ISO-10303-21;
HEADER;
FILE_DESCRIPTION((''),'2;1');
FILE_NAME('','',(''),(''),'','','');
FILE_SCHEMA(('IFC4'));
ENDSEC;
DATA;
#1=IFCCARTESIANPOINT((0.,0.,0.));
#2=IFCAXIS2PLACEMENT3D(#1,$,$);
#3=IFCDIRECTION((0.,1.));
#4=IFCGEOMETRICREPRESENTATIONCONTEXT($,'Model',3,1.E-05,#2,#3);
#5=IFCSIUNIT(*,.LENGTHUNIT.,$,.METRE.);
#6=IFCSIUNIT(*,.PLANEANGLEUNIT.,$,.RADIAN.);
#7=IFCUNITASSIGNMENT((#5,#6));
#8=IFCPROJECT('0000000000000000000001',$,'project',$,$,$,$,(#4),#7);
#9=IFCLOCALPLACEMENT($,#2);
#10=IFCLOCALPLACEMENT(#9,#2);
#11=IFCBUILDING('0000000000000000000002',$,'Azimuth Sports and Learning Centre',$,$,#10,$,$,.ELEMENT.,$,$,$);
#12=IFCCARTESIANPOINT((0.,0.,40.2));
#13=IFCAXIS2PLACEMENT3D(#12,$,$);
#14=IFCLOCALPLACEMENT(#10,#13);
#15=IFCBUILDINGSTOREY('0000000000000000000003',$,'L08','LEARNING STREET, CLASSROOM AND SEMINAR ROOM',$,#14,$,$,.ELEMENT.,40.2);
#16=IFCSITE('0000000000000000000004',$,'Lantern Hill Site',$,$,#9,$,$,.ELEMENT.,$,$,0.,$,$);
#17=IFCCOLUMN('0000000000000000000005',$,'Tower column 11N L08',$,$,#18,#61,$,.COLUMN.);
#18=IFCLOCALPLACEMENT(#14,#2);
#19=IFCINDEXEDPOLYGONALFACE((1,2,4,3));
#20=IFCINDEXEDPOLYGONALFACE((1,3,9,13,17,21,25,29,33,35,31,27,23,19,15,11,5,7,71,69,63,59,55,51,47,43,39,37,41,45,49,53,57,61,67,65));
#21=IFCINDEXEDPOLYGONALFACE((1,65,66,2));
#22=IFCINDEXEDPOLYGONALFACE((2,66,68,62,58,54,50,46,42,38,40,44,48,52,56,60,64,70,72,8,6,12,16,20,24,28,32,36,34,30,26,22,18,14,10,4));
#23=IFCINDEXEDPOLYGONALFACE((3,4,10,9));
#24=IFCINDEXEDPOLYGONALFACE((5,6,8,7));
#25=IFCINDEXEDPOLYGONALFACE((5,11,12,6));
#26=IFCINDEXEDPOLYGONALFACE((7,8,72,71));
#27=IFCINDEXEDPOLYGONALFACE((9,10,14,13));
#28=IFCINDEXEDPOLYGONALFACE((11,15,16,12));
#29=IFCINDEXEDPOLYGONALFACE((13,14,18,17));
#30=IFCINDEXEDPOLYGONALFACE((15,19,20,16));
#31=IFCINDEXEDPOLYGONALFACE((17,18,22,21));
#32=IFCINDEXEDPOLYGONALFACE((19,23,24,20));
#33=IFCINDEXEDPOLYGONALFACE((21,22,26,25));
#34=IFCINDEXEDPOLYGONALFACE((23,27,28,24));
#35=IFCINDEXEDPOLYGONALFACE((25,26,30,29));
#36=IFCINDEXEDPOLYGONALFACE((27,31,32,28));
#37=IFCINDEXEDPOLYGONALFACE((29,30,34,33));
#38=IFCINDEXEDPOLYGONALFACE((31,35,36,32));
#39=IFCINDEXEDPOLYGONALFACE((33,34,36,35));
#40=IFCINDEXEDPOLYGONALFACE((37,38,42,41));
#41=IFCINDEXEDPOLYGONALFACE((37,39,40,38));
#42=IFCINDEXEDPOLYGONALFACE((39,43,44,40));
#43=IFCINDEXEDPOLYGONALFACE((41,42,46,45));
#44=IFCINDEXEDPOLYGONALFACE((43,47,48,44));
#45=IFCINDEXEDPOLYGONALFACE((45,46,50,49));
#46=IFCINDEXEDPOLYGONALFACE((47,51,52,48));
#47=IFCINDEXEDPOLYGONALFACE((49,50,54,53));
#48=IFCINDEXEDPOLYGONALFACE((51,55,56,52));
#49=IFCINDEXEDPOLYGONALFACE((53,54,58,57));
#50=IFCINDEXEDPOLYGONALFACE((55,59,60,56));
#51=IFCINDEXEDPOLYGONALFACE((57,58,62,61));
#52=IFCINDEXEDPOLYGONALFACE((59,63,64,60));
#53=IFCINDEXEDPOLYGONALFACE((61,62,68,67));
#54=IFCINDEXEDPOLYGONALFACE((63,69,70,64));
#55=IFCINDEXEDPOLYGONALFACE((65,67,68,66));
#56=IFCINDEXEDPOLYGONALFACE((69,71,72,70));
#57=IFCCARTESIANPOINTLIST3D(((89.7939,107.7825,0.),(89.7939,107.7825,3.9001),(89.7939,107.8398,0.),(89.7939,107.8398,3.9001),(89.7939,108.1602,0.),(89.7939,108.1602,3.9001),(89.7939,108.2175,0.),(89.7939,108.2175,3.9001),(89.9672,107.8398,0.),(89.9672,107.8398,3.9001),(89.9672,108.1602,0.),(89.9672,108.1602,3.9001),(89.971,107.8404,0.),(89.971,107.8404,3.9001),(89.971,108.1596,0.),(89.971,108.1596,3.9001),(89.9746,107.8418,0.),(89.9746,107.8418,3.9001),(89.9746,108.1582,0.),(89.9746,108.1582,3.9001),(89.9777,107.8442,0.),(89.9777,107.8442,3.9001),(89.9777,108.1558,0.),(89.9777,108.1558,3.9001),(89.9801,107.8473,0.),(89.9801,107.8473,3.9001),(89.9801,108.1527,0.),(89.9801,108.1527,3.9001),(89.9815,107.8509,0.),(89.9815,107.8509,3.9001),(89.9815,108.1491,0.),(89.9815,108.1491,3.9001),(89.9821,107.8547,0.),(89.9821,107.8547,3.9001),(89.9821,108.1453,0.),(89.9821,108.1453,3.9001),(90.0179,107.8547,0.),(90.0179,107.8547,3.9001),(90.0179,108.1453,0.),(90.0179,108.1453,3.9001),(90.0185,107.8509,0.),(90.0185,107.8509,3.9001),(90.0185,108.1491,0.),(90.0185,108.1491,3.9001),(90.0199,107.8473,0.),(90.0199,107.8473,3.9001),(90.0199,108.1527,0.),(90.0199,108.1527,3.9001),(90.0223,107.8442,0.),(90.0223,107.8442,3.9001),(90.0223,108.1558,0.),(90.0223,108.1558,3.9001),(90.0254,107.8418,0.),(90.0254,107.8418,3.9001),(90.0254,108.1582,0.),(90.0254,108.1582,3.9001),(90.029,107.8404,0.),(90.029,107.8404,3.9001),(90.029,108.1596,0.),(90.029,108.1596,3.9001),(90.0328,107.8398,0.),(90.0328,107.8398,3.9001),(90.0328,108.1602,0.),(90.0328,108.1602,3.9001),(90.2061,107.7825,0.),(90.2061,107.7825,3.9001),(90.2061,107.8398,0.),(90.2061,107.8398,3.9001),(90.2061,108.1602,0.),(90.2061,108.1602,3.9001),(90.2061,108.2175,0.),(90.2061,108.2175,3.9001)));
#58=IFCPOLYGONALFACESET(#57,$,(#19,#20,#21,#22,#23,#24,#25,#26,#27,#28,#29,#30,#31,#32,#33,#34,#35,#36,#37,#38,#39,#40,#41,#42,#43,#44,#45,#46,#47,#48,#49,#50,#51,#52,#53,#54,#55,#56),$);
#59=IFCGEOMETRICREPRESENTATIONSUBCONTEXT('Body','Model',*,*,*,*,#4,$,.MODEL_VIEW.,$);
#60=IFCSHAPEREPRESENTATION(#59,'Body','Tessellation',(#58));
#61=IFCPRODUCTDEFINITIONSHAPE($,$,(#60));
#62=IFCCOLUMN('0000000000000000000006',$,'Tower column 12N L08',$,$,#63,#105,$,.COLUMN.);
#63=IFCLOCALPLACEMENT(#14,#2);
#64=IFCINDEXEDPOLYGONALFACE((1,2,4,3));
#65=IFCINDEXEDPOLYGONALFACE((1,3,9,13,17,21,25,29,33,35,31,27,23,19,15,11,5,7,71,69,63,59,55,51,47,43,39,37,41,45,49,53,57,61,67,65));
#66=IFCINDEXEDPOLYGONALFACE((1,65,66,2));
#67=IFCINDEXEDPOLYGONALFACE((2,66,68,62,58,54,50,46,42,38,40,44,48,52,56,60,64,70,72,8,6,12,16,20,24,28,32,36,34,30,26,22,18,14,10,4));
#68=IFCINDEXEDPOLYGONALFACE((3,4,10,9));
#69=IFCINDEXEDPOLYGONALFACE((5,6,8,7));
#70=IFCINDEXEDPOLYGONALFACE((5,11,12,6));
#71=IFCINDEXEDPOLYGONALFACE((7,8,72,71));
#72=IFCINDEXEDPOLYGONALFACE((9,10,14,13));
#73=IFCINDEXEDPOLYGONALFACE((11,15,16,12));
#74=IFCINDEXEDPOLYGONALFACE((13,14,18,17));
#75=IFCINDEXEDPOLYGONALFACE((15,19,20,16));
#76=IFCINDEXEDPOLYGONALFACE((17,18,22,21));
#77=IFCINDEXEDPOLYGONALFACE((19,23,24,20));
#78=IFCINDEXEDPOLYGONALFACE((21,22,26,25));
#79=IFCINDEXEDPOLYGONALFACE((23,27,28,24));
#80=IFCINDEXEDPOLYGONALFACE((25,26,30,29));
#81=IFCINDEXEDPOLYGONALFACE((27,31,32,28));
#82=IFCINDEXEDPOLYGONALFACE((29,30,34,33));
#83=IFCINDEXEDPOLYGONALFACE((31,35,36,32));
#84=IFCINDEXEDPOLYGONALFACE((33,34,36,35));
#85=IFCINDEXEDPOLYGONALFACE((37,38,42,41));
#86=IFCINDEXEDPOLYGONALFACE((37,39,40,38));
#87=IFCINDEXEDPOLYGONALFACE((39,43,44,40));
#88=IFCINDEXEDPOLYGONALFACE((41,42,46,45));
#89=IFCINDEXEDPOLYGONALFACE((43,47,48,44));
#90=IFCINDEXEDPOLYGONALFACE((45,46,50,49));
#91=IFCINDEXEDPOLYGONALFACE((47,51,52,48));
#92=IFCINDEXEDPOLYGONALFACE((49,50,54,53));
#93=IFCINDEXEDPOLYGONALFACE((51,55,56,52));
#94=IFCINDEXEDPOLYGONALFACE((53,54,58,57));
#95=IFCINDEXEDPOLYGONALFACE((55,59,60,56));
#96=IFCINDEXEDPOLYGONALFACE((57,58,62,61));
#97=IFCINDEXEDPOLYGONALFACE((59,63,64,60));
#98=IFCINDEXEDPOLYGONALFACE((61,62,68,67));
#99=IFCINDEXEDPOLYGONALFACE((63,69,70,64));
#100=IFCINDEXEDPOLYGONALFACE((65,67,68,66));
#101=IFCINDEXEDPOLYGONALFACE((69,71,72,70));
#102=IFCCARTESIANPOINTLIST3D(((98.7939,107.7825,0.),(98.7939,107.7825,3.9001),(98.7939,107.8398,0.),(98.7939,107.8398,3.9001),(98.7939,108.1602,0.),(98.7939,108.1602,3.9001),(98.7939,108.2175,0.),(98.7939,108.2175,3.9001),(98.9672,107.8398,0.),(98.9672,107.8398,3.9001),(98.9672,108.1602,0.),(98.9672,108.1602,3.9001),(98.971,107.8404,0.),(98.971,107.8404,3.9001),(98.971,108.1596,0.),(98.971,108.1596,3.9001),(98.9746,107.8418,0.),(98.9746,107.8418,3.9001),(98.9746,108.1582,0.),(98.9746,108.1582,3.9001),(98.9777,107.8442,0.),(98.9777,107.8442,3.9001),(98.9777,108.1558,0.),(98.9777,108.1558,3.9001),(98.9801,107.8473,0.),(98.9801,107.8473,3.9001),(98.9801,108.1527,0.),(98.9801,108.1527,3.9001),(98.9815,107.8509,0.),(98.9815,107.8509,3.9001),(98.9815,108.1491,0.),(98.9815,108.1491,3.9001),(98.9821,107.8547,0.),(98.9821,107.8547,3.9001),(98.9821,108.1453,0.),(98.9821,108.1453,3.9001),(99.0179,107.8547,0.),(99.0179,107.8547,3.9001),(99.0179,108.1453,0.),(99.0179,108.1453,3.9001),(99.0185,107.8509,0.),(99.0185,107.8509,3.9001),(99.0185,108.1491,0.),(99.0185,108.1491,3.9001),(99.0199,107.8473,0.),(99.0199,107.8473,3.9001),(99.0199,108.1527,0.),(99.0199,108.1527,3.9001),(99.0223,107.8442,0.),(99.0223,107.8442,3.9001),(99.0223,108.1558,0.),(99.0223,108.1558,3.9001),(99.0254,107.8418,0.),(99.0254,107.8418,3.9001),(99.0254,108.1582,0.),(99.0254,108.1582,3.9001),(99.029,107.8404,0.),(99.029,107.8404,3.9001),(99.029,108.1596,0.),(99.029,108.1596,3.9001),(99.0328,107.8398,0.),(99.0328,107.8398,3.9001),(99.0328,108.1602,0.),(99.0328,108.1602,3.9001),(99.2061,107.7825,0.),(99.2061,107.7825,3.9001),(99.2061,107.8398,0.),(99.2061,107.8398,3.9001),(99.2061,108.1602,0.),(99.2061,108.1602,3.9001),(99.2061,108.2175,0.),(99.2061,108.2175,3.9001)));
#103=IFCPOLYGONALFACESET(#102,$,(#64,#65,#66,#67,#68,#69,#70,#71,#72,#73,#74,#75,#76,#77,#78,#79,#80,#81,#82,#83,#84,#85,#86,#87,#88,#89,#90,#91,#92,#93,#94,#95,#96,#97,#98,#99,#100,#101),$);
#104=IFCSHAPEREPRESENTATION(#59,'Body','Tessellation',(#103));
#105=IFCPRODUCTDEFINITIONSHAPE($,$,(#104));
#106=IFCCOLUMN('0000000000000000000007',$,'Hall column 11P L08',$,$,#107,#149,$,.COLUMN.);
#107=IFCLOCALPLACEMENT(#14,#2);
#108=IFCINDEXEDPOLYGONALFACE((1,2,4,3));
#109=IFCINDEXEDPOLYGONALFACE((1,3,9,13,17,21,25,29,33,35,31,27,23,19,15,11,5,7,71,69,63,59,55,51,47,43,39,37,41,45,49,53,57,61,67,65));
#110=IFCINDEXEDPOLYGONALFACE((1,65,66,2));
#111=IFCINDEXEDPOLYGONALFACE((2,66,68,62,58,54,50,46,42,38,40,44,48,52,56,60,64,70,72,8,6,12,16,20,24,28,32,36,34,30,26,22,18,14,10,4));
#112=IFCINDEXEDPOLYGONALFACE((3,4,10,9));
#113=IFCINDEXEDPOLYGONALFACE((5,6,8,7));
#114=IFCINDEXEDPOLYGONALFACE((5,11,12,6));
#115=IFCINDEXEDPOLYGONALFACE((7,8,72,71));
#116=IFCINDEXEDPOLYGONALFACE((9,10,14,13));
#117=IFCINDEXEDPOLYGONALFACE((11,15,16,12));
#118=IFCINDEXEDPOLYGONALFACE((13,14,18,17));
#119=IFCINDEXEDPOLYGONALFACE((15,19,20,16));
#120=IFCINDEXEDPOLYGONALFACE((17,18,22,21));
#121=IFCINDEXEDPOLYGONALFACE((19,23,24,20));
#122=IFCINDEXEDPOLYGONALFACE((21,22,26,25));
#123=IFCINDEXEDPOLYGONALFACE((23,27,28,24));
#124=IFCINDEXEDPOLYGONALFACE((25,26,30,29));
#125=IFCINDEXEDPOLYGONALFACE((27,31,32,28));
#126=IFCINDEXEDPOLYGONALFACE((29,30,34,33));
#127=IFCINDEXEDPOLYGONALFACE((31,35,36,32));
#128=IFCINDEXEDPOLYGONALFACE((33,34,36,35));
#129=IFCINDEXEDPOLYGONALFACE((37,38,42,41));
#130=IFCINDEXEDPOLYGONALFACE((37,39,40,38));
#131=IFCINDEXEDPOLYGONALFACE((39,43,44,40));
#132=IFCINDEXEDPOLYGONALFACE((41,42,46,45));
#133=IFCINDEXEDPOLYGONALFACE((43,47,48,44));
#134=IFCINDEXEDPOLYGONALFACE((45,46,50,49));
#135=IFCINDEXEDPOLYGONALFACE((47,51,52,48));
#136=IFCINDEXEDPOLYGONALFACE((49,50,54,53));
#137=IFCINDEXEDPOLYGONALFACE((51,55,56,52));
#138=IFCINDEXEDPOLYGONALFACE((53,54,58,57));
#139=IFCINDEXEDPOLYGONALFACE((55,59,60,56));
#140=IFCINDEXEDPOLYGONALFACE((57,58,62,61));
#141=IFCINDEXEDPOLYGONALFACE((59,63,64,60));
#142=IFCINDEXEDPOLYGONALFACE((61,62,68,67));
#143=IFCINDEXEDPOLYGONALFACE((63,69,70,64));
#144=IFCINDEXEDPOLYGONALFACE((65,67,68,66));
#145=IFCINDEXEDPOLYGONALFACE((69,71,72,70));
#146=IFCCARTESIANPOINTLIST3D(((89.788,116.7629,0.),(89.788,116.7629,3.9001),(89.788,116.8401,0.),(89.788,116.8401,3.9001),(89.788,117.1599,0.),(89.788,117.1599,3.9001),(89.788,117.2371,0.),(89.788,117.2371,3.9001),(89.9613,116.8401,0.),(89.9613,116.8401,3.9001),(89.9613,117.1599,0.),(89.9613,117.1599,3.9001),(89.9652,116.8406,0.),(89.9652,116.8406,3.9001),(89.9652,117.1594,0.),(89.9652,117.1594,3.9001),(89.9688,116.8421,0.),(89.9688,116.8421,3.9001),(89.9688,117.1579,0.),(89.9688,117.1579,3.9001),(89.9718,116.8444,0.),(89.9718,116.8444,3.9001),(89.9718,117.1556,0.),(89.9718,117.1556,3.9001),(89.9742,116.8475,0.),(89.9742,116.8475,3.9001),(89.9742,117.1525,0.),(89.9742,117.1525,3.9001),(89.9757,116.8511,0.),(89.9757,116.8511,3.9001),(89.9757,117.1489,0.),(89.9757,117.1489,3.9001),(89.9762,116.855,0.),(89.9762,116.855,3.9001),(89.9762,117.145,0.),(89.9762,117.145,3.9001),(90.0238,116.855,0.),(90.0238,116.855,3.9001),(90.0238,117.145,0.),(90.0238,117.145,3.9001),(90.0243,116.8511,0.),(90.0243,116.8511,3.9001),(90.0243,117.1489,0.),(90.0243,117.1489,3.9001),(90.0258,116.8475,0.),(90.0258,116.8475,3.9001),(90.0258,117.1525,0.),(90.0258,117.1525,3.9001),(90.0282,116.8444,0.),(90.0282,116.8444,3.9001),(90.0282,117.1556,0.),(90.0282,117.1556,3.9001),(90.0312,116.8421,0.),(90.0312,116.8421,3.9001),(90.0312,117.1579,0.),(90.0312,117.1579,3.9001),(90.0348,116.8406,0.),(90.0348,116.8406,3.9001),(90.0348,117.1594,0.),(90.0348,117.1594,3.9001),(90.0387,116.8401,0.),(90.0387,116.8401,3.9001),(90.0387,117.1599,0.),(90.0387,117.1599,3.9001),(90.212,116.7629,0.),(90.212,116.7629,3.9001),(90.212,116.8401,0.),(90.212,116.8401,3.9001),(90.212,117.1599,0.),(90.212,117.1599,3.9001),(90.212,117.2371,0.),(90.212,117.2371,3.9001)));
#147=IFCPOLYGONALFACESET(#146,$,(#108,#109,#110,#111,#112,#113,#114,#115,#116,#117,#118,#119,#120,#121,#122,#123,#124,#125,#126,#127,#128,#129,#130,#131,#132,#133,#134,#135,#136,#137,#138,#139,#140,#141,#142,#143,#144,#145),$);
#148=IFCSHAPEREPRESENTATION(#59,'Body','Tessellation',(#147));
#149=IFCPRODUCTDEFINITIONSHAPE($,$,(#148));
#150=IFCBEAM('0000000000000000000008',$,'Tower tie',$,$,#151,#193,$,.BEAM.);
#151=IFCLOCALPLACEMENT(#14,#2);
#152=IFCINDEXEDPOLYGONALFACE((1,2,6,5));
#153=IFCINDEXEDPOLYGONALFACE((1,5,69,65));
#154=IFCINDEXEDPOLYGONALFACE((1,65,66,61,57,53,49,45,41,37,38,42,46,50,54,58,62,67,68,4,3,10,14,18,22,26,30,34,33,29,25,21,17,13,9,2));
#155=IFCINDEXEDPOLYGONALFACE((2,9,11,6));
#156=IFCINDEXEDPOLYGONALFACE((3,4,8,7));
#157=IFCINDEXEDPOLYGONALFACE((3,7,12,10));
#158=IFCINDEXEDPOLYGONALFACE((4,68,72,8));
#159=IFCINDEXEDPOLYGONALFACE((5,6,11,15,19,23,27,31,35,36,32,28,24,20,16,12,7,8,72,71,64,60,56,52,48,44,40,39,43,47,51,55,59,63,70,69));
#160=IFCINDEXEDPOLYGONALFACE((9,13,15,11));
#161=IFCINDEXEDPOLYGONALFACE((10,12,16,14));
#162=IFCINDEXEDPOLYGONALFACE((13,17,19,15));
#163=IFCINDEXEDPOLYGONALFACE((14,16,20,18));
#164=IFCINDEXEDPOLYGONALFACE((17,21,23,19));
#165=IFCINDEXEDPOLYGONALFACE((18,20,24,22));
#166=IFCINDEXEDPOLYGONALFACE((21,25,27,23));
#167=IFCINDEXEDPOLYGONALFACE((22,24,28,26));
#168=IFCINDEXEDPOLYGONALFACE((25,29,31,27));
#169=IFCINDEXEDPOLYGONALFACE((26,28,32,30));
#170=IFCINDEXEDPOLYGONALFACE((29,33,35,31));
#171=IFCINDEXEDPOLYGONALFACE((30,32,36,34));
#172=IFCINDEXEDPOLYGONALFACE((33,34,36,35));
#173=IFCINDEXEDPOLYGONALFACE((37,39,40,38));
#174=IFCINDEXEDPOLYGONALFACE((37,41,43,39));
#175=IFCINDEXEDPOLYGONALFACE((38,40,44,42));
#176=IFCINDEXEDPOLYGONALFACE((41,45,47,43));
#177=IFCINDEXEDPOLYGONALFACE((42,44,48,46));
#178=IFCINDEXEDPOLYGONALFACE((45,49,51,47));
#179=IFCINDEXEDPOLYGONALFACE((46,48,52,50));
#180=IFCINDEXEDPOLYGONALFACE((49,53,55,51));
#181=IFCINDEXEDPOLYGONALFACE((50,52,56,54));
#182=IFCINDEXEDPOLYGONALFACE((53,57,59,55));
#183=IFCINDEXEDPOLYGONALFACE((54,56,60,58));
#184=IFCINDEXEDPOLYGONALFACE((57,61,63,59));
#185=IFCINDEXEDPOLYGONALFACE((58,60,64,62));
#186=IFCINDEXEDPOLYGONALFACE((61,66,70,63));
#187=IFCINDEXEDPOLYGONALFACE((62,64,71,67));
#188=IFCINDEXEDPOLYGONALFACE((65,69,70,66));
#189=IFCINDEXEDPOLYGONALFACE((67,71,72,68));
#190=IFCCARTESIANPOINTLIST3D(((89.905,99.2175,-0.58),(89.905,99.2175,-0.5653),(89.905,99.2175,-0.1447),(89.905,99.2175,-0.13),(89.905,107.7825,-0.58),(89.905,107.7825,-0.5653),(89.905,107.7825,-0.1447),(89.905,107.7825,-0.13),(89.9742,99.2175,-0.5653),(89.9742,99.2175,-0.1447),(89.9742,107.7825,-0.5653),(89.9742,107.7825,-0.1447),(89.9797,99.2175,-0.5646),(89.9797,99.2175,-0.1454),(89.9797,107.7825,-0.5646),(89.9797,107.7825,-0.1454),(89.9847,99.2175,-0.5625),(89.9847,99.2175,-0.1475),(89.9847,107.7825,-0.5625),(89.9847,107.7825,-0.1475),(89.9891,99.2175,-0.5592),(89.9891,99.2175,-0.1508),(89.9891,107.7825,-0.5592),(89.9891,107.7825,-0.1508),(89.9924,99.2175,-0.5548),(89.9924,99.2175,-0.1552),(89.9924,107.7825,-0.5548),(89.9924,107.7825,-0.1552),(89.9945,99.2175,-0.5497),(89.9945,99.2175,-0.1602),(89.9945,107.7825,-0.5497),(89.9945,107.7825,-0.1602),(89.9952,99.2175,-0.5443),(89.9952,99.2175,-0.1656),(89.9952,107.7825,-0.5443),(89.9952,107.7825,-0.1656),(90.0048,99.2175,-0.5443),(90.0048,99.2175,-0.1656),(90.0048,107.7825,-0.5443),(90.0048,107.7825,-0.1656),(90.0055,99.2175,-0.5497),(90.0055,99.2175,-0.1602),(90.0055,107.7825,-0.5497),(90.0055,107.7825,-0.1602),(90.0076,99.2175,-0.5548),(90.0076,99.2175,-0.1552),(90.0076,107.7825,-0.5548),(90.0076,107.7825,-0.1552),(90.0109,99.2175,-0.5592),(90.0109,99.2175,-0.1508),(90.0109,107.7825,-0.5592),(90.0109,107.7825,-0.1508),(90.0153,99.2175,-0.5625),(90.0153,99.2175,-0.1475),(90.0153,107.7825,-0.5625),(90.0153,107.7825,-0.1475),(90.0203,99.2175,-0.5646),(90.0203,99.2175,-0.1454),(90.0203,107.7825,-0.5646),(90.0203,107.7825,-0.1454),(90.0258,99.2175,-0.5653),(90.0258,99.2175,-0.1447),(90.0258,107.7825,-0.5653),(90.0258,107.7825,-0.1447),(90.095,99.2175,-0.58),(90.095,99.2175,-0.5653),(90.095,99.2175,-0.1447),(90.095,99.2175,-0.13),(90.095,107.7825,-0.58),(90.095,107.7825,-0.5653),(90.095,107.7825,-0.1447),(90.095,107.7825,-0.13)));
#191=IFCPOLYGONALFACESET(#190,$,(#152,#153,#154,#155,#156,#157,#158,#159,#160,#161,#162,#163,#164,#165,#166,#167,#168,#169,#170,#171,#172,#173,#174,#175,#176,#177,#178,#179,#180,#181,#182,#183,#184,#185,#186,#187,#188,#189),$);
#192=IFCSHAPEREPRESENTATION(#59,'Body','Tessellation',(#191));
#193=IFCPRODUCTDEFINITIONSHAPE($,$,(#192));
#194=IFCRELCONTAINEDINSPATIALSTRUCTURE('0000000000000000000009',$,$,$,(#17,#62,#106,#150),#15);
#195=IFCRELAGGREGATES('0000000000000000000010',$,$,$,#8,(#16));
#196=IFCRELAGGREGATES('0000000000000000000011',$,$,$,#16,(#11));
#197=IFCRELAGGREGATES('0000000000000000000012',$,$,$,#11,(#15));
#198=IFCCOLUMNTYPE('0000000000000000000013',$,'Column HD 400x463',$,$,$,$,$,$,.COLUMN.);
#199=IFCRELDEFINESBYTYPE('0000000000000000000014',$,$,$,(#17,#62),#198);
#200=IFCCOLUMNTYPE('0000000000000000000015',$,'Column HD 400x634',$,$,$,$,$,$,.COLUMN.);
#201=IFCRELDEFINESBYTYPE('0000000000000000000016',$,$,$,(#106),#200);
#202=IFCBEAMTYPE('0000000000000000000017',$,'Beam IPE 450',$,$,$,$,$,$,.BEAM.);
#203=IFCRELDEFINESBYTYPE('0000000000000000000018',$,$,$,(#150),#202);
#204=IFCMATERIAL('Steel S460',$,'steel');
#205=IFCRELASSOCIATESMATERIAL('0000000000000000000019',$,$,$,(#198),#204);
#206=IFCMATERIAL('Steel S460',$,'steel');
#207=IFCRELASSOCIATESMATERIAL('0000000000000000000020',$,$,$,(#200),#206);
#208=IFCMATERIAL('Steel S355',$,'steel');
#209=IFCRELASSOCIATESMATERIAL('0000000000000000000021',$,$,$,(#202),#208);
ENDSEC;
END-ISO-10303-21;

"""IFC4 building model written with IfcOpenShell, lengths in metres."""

from ifc_helpers import new_model, si_unit, direction, frame, origin, origin_2d, place, context, subcontext, project, spatial, i_section, extrude, material, material_profile, profile_set, type_object, element, save


model = new_model("IFC4")

# Units and contexts
model_context = context("Model", 3, precision=1e-05, world=origin(), true_north=direction((0.0, 1.0)))
body_context = subcontext(model_context, "Body", "Model", "MODEL_VIEW")
ifc_project = project(units=[si_unit("LENGTHUNIT", "METRE"), si_unit("PLANEANGLEUNIT", "RADIAN")], contexts=[model_context])

# Site, building, storey
site_placement = place(None, origin())
site = spatial("IfcSite", under=ifc_project, at=site_placement, Name="Lantern Hill Site", CompositionType="ELEMENT", RefElevation=0.0)
building_placement = place(site_placement, origin())
building = spatial("IfcBuilding", under=site, at=building_placement, Name="Azimuth Sports and Learning Centre", CompositionType="ELEMENT")
storey_placement = place(building_placement, frame((0.0, 0.0, 40.2)))
storey = spatial("IfcBuildingStorey", under=building, at=storey_placement, Name="L08", Description="LEARNING STREET, CLASSROOM AND SEMINAR ROOM", CompositionType="ELEMENT", Elevation=40.2)

# Columns
ifc_material_1 = material(Name="Steel S460", Category="steel")
ifc_material_profile_1 = material_profile(ifc_material_1, i_section(OverallWidth=0.4121, OverallDepth=0.4351, WebThickness=0.0359, FlangeThickness=0.0574, FilletRadius=0.0149, at=origin_2d()), Name="HD 400x463")
ifc_profile_set_1 = profile_set([ifc_material_profile_1], Name="Steel S460")
column_type_1 = type_object("IfcColumnType", Name="Column HD 400x463", PredefinedType="COLUMN", material=ifc_profile_set_1)
for number, where, z_axis, x_axis, name in (
    (1, (90.0, 108.0, 0.0), (0.0, 0.0, 1.0), (1.0, 0.0, 0.0), "Tower column 11N L08"),
    (2, (99.0, 108.0, 0.0), (0.0, 0.0, 1.0), (1.0, 0.0, 0.0), "Tower column 12N L08"),
):
    element("IfcColumn", number, at=place(storey_placement, frame(where, z_axis=z_axis, x_axis=x_axis)), inside=storey, type_object=column_type_1, Name=name, PredefinedType="COLUMN", context=body_context, shape_type="SweptSolid", body=[
        extrude(i_section(OverallWidth=0.4121, OverallDepth=0.4351, WebThickness=0.0359, FlangeThickness=0.0574, FilletRadius=0.0149, at=origin_2d()), origin(), (0.0, 0.0, 1.0), 3.9001),
    ])
ifc_material_2 = material(Name="Steel S460", Category="steel")
ifc_material_profile_2 = material_profile(ifc_material_2, i_section(OverallWidth=0.4241, OverallDepth=0.4741, WebThickness=0.0476, FlangeThickness=0.0771, FilletRadius=0.0149, at=origin_2d()), Name="HD 400x634")
ifc_profile_set_2 = profile_set([ifc_material_profile_2], Name="Steel S460")
column_type_2 = type_object("IfcColumnType", Name="Column HD 400x634", PredefinedType="COLUMN", material=ifc_profile_set_2)
column_placement = place(storey_placement, frame((90.0, 117.0, 0.0), z_axis=(0.0, 0.0, 1.0), x_axis=(1.0, 0.0, 0.0)))
element("IfcColumn", 3, at=column_placement, inside=storey, type_object=column_type_2, Name="Hall column 11P L08", PredefinedType="COLUMN", context=body_context, shape_type="SweptSolid", body=[
    extrude(i_section(OverallWidth=0.4241, OverallDepth=0.4741, WebThickness=0.0476, FlangeThickness=0.0771, FilletRadius=0.0149, at=origin_2d()), origin(), (0.0, 0.0, 1.0), 3.9001),
])

# Beam
ifc_material_3 = material(Name="Steel S355", Category="steel")
ifc_material_profile_3 = material_profile(ifc_material_3, i_section(OverallWidth=0.1899, OverallDepth=0.45, WebThickness=0.0095, FlangeThickness=0.0146, FilletRadius=0.021, at=origin_2d()), Name="IPE 450")
ifc_profile_set_3 = profile_set([ifc_material_profile_3], Name="Steel S355")
beam_type_1 = type_object("IfcBeamType", Name="Beam IPE 450", PredefinedType="BEAM", material=ifc_profile_set_3)
beam_1_placement = place(storey_placement, frame((90.0, 99.2175, -0.355), z_axis=(0.0, 1.0, 0.0), x_axis=(-1.0, 0.0, 0.0)))
element("IfcBeam", 4, at=beam_1_placement, inside=storey, type_object=beam_type_1, Name="Tower tie", PredefinedType="BEAM", context=body_context, shape_type="SweptSolid", body=[
    extrude(i_section(OverallWidth=0.1899, OverallDepth=0.45, WebThickness=0.0095, FlangeThickness=0.0146, FilletRadius=0.021, at=origin_2d()), origin(), (0.0, 0.0, 1.0), 8.5649),
])

save(model, "model.ifc")
